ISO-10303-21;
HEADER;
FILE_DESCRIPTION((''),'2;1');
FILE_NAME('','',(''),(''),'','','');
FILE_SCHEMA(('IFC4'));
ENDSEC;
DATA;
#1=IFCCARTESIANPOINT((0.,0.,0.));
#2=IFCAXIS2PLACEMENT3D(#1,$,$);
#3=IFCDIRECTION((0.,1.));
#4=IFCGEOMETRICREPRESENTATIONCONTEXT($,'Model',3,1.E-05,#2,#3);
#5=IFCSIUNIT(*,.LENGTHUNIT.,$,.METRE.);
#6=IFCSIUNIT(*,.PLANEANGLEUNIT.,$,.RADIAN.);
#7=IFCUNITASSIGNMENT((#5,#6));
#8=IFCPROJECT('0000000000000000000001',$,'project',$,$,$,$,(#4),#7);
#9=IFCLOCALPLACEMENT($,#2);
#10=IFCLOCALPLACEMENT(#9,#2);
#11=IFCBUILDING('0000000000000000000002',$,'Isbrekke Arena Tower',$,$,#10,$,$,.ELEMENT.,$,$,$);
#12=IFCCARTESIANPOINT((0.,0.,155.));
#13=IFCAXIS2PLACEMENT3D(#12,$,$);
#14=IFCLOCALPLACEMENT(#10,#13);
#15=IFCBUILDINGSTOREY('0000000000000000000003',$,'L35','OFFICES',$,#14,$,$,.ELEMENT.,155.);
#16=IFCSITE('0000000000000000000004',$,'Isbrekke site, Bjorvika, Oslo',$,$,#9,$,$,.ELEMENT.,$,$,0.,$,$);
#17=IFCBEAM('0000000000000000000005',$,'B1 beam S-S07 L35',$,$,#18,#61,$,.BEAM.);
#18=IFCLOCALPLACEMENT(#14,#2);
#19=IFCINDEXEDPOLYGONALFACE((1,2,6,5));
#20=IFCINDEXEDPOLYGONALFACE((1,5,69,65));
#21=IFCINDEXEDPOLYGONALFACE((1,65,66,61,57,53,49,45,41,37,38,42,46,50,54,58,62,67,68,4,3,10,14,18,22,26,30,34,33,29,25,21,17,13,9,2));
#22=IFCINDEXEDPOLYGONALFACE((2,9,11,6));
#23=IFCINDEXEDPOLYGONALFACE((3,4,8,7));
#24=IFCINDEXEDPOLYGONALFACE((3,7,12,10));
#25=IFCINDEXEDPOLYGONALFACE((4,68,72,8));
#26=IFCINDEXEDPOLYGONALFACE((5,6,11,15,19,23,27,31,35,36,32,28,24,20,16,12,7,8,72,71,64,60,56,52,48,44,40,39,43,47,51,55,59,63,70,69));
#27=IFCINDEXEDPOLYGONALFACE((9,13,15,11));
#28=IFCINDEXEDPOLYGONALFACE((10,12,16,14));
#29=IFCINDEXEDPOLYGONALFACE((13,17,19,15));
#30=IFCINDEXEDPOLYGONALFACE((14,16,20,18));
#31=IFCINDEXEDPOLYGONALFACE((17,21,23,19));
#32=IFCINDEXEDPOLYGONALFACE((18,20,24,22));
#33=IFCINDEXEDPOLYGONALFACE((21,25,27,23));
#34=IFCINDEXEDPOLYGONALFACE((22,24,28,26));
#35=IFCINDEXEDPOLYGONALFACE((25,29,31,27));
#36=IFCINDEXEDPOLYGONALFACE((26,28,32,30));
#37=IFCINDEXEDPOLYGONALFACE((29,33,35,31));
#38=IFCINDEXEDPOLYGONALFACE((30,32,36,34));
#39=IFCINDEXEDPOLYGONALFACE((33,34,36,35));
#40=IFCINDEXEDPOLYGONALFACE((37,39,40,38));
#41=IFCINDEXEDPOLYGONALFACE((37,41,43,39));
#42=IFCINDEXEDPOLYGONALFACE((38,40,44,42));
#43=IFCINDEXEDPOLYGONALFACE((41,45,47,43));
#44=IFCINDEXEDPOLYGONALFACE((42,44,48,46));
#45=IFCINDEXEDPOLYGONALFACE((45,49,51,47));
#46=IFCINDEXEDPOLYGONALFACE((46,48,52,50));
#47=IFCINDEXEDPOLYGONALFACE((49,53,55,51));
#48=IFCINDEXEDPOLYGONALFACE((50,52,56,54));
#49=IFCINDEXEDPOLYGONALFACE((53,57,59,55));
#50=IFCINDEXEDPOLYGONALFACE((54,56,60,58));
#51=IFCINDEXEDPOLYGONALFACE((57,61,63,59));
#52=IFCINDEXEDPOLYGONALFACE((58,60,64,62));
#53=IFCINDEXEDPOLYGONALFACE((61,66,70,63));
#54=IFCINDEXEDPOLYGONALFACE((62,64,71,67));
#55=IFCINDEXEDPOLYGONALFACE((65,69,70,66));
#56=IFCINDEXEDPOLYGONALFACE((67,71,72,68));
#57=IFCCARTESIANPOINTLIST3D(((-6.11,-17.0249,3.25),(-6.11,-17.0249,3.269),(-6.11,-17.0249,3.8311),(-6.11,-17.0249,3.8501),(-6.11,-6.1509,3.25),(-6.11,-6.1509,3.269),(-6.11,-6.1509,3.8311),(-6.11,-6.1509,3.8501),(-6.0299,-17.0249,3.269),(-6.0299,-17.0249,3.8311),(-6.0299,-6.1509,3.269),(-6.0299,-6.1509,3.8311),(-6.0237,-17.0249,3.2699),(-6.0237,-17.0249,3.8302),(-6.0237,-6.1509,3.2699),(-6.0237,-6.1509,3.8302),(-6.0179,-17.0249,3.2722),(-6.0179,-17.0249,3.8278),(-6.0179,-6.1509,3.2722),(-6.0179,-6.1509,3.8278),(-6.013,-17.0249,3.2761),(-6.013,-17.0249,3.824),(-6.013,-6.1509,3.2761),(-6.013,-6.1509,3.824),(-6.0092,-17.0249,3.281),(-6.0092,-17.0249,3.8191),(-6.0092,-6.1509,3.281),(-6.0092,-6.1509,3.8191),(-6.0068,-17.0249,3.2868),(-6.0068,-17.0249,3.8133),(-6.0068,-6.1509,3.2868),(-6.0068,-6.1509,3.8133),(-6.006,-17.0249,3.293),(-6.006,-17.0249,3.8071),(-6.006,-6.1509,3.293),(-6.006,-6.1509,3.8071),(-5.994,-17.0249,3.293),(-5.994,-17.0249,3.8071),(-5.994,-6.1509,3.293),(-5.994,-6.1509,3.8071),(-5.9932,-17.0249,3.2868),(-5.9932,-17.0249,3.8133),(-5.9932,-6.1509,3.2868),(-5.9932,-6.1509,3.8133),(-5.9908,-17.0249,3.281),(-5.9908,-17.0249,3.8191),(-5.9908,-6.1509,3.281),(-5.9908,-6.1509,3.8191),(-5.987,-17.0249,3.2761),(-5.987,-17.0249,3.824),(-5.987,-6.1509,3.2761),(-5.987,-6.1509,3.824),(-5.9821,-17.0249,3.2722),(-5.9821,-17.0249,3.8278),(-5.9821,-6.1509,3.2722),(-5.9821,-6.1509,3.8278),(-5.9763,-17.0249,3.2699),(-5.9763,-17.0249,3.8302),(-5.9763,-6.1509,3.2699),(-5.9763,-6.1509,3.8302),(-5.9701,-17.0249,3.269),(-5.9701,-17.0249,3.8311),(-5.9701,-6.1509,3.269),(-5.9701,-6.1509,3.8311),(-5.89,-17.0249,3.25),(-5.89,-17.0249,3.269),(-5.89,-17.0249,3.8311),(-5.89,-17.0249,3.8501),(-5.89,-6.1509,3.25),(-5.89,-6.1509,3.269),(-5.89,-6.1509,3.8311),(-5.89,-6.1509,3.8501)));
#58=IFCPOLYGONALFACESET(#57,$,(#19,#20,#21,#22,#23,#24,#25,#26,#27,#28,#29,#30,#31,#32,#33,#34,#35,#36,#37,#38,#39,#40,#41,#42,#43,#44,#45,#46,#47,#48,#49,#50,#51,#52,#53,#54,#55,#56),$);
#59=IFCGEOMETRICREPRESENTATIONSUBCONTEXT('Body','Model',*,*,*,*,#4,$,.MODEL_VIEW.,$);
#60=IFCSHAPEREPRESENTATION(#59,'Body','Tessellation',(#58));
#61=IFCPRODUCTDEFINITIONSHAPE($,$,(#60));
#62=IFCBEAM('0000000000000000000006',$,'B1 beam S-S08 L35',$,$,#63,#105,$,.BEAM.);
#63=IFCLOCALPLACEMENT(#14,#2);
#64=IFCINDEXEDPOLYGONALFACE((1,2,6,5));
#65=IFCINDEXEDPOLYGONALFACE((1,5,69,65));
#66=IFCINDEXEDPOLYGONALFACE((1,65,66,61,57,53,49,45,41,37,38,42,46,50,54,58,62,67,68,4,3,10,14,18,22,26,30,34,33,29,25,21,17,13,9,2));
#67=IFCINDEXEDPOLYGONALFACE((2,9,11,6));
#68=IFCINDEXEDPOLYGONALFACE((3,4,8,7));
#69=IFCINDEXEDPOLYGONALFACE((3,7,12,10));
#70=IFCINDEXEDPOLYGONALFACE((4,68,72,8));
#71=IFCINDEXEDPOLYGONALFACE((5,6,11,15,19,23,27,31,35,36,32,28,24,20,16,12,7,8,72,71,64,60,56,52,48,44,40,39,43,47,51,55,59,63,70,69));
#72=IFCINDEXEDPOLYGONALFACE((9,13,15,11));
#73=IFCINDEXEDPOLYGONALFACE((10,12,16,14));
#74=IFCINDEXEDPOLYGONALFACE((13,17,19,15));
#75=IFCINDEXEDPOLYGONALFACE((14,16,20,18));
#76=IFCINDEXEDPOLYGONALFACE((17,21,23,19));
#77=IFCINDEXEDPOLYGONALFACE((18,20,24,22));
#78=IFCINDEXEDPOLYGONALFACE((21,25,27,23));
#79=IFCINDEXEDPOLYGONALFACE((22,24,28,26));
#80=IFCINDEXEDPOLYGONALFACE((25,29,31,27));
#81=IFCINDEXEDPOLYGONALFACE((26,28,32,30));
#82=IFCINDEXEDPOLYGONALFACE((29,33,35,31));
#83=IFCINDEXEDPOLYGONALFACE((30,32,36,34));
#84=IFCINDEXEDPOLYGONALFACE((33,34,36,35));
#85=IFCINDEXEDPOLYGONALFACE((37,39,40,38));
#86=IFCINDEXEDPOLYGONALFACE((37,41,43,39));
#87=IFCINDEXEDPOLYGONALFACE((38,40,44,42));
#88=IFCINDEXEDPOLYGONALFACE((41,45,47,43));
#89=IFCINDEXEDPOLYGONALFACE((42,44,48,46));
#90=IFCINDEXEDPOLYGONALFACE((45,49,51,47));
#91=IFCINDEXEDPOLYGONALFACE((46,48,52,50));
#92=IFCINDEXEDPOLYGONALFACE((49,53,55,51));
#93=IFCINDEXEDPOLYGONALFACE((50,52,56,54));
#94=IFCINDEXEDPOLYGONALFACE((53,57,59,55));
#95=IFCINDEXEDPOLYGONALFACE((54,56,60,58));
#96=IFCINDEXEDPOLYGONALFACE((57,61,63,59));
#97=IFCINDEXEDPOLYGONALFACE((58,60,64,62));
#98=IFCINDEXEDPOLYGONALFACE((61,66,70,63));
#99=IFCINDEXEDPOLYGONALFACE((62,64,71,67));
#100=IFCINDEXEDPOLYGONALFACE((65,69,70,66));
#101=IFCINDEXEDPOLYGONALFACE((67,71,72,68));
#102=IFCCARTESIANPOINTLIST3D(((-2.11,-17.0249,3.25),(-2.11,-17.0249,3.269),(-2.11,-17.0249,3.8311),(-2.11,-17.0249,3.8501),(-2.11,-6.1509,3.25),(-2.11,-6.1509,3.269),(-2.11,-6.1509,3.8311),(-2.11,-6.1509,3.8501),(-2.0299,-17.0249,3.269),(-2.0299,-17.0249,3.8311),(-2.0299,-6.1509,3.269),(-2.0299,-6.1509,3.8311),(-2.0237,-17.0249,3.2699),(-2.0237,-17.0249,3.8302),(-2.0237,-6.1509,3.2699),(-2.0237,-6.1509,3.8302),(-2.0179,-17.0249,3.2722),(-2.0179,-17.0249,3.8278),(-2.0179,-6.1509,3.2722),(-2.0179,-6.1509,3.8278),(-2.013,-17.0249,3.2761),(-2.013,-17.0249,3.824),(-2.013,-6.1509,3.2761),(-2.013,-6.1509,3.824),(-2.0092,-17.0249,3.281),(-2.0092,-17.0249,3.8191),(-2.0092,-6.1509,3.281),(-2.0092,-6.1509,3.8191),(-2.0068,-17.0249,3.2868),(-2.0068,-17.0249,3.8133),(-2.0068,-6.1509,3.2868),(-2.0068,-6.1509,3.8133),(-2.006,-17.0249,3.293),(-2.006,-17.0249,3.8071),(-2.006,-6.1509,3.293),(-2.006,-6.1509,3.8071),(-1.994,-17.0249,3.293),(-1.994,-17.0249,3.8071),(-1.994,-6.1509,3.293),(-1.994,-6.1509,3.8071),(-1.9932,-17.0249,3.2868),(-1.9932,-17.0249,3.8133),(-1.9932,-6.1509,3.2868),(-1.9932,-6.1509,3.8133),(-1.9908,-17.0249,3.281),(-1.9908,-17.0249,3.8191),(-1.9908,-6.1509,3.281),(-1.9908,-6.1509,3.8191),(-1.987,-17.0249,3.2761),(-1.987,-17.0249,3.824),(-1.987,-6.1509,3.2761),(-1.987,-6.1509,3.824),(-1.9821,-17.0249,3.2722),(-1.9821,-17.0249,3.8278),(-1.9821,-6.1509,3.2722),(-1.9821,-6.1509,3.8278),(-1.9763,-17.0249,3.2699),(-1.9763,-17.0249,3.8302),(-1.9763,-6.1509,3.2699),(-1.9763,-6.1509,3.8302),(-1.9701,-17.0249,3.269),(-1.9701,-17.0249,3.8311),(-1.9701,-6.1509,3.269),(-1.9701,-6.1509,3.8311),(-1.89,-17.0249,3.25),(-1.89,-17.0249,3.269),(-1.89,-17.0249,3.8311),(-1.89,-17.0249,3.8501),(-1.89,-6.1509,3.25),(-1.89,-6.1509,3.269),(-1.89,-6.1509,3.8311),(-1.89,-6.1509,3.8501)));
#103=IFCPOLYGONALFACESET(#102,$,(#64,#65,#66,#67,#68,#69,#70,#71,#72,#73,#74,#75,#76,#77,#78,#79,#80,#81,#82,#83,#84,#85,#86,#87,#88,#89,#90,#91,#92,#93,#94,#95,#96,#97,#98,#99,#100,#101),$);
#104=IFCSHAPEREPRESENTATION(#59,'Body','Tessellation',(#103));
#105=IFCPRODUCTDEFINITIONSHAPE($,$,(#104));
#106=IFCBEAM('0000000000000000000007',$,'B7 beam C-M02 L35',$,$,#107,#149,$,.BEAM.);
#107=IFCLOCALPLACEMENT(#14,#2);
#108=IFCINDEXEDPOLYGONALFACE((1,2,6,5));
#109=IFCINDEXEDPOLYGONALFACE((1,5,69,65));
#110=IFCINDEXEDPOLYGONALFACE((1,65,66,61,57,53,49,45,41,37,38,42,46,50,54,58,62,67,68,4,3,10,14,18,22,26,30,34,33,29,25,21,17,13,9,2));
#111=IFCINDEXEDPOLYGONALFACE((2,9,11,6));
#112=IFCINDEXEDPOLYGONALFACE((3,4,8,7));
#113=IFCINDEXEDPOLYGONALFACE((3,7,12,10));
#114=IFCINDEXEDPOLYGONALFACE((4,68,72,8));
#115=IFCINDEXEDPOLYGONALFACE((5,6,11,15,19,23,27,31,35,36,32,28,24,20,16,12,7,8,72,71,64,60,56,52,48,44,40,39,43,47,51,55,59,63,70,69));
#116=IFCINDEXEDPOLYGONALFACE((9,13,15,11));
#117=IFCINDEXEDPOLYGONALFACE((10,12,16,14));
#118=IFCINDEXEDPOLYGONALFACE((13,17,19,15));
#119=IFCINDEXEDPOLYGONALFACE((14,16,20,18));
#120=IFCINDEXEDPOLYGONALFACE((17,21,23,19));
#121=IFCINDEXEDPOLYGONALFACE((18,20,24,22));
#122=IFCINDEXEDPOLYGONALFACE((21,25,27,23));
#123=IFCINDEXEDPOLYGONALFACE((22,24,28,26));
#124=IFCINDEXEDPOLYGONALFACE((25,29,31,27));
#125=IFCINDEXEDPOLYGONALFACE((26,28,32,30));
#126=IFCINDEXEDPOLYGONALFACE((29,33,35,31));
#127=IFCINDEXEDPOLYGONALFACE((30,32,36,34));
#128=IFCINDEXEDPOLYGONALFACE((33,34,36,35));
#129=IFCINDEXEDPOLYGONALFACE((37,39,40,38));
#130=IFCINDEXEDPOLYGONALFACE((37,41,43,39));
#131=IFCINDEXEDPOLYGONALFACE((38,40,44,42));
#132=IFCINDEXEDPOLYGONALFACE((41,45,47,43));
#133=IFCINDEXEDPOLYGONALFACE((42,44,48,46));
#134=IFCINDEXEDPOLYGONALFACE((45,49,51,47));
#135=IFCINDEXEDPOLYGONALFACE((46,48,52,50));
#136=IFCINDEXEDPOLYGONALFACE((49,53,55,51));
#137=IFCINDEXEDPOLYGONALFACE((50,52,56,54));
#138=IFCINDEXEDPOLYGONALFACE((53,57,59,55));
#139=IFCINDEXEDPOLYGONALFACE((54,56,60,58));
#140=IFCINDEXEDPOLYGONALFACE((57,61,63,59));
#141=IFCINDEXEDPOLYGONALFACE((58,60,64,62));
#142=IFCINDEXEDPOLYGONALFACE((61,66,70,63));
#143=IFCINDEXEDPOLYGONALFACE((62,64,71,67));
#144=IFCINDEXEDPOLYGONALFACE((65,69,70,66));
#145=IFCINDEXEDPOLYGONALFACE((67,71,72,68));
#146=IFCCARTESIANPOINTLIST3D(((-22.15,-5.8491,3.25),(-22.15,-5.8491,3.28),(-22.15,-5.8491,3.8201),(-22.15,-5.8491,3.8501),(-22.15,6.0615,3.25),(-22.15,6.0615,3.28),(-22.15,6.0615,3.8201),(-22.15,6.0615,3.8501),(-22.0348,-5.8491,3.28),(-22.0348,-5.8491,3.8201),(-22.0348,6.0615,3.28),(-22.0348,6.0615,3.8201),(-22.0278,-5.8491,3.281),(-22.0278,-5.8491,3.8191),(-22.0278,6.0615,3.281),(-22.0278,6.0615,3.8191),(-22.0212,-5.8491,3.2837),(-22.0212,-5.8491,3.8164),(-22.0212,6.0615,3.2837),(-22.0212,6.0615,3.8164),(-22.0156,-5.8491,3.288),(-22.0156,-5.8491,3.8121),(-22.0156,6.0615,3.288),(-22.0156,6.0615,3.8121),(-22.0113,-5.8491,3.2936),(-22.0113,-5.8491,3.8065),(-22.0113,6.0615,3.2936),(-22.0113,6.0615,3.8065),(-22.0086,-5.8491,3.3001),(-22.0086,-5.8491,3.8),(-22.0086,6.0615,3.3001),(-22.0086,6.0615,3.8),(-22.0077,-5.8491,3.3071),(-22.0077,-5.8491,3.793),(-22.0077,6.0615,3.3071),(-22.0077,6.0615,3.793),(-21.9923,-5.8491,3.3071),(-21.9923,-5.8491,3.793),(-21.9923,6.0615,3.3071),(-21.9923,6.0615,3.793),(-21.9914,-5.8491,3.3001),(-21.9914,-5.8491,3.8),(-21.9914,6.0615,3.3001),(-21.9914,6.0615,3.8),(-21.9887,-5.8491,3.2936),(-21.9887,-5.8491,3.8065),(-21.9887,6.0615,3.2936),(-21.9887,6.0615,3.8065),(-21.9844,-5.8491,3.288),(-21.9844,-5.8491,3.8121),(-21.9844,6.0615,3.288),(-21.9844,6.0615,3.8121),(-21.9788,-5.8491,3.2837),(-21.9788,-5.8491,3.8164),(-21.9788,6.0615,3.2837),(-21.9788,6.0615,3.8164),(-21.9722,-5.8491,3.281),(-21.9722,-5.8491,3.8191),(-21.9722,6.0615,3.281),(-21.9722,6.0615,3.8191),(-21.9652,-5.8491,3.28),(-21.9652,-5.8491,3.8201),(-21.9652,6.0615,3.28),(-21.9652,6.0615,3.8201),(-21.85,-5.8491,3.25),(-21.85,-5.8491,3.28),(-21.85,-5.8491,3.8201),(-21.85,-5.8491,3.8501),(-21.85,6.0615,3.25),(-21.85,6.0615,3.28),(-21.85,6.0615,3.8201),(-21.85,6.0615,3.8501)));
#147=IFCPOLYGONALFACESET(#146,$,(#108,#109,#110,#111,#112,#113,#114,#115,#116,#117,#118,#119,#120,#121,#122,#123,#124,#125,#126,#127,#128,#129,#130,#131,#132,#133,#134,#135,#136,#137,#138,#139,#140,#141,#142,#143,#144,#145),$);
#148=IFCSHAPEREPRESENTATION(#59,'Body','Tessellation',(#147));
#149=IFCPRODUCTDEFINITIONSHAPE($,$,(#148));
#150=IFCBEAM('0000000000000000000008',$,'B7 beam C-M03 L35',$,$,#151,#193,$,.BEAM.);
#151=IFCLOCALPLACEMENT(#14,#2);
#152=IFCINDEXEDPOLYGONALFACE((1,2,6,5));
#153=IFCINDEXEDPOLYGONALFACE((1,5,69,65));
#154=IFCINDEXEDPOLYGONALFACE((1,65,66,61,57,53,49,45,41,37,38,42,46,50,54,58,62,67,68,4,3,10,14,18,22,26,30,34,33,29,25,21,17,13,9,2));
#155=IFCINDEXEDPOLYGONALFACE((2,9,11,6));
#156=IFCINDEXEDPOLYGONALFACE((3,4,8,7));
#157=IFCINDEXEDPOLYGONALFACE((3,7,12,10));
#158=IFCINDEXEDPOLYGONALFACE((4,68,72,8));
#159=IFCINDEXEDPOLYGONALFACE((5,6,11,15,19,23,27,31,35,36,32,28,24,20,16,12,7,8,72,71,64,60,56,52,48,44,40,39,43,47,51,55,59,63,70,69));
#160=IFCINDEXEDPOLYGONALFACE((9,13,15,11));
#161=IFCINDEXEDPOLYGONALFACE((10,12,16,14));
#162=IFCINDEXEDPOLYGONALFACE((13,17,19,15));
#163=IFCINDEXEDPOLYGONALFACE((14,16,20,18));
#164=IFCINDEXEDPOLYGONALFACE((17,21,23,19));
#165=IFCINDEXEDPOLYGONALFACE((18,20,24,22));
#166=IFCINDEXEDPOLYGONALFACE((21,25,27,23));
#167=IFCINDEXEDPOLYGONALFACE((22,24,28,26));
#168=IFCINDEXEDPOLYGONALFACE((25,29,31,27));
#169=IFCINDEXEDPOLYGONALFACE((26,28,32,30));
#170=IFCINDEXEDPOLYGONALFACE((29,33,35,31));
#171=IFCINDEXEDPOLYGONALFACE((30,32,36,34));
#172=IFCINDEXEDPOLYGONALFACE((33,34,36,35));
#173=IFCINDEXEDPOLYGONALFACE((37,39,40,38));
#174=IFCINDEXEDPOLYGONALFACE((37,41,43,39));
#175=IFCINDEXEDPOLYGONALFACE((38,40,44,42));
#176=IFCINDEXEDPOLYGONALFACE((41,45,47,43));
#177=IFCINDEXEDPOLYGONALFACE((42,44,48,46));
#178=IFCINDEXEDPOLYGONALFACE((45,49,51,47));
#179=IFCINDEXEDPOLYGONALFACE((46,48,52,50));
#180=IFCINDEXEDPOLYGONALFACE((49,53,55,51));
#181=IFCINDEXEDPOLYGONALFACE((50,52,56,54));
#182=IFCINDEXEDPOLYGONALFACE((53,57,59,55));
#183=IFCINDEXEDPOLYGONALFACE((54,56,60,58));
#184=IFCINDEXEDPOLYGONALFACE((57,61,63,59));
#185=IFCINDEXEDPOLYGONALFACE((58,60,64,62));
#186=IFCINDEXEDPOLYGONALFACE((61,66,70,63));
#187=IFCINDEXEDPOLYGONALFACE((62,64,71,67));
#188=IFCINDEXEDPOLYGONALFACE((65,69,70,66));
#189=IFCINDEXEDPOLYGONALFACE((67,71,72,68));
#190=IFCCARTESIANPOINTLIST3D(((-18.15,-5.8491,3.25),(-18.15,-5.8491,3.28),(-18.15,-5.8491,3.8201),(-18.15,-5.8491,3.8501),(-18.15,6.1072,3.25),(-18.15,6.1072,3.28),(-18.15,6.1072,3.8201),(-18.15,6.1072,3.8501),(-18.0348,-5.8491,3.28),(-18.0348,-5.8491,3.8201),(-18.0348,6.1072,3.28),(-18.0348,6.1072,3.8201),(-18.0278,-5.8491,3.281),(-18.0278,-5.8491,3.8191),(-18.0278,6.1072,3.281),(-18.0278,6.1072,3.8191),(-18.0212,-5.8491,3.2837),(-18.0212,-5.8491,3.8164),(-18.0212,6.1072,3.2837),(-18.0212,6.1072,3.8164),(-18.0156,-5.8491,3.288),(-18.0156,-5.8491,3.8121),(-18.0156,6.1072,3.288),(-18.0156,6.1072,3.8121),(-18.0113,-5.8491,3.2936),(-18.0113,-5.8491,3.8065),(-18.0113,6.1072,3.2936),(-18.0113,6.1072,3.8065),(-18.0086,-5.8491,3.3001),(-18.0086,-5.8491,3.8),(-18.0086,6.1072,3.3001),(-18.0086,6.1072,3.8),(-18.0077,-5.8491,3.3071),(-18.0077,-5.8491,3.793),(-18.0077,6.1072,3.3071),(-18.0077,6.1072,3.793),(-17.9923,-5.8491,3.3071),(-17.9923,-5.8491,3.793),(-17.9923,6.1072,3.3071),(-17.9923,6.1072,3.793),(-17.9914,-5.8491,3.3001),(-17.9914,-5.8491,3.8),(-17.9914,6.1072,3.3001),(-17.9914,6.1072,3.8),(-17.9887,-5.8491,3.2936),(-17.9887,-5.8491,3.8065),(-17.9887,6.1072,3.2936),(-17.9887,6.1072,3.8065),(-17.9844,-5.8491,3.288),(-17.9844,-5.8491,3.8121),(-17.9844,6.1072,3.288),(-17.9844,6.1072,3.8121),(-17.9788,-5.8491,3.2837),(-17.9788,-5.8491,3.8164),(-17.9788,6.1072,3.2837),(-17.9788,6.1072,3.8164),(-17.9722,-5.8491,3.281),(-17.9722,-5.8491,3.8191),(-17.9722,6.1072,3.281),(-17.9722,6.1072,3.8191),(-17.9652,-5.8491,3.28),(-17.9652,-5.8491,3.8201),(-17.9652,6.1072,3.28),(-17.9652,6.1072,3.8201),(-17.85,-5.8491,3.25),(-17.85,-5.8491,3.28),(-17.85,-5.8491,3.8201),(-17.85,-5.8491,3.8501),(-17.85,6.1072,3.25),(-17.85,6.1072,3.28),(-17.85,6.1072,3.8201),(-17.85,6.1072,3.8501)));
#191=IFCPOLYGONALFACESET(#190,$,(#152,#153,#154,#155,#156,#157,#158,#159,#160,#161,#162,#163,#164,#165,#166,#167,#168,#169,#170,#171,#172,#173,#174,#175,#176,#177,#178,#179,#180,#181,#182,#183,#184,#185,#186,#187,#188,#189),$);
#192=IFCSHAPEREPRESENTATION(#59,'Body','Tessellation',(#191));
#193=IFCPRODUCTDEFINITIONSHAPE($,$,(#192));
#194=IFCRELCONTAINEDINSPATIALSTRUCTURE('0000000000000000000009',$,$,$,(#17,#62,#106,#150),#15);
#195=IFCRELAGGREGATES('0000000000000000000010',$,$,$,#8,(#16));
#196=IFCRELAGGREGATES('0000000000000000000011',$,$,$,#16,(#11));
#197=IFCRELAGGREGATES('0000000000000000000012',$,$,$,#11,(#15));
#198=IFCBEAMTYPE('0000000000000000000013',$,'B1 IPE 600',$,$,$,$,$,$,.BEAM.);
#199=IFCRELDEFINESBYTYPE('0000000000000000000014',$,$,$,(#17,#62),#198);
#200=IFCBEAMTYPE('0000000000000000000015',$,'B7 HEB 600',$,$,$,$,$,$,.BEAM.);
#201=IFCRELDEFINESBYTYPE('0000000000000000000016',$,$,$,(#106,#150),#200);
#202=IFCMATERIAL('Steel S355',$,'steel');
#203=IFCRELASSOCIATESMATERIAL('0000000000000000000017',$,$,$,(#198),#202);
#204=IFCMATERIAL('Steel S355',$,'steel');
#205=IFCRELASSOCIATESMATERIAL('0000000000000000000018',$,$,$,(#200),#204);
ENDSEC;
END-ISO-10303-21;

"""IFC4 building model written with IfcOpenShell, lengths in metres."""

from ifc_helpers import new_model, si_unit, direction, frame, origin, origin_2d, place, context, subcontext, project, spatial, i_section, extrude, material, material_profile, profile_set, type_object, element, save


model = new_model("IFC4")

# Units and contexts
model_context = context("Model", 3, precision=1e-05, world=origin(), true_north=direction((0.0, 1.0)))
body_context = subcontext(model_context, "Body", "Model", "MODEL_VIEW")
ifc_project = project(units=[si_unit("LENGTHUNIT", "METRE"), si_unit("PLANEANGLEUNIT", "RADIAN")], contexts=[model_context])

# Site, building, storey
site_placement = place(None, origin())
site = spatial("IfcSite", under=ifc_project, at=site_placement, Name="Isbrekke site, Bjorvika, Oslo", CompositionType="ELEMENT", RefElevation=0.0)
building_placement = place(site_placement, origin())
building = spatial("IfcBuilding", under=site, at=building_placement, Name="Isbrekke Arena Tower", CompositionType="ELEMENT")
storey_placement = place(building_placement, frame((0.0, 0.0, 155.0)))
storey = spatial("IfcBuildingStorey", under=building, at=storey_placement, Name="L35", Description="OFFICES", CompositionType="ELEMENT", Elevation=155.0)

# Beams
ifc_material_1 = material(Name="Steel S355", Category="steel")
ifc_material_profile_1 = material_profile(ifc_material_1, i_section(OverallWidth=0.22, OverallDepth=0.6001, WebThickness=0.012, FlangeThickness=0.019, FilletRadius=0.0239, at=origin_2d()), Name="IPE 600")
ifc_profile_set_1 = profile_set([ifc_material_profile_1], Name="Steel S355")
beam_type_1 = type_object("IfcBeamType", Name="B1 IPE 600", PredefinedType="BEAM", material=ifc_profile_set_1)
for number, where, z_axis, x_axis, name in (
    (1, (-6.0, -17.0249, 3.55), (0.0, 1.0, 0.0), (-1.0, 0.0, 0.0), "B1 beam S-S07 L35"),
    (2, (-2.0, -17.0249, 3.55), (0.0, 1.0, 0.0), (-1.0, 0.0, 0.0), "B1 beam S-S08 L35"),
):
    element("IfcBeam", number, at=place(storey_placement, frame(where, z_axis=z_axis, x_axis=x_axis)), inside=storey, type_object=beam_type_1, Name=name, PredefinedType="BEAM", context=body_context, shape_type="SweptSolid", body=[
        extrude(i_section(OverallWidth=0.22, OverallDepth=0.6001, WebThickness=0.012, FlangeThickness=0.019, FilletRadius=0.0239, at=origin_2d()), origin(), (0.0, 0.0, 1.0), 10.874),
    ])
ifc_material_2 = material(Name="Steel S355", Category="steel")
ifc_material_profile_2 = material_profile(ifc_material_2, i_section(OverallWidth=0.3, OverallDepth=0.6001, WebThickness=0.0154, FlangeThickness=0.03, FilletRadius=0.0271, at=origin_2d()), Name="HEB 600")
ifc_profile_set_2 = profile_set([ifc_material_profile_2], Name="Steel S355")
beam_type_2 = type_object("IfcBeamType", Name="B7 HEB 600", PredefinedType="BEAM", material=ifc_profile_set_2)
beam_1_placement = place(storey_placement, frame((-22.0, -5.8491, 3.55), z_axis=(0.0, 1.0, 0.0), x_axis=(-1.0, 0.0, 0.0)))
element("IfcBeam", 3, at=beam_1_placement, inside=storey, type_object=beam_type_2, Name="B7 beam C-M02 L35", PredefinedType="BEAM", context=body_context, shape_type="SweptSolid", body=[
    extrude(i_section(OverallWidth=0.3, OverallDepth=0.6001, WebThickness=0.0154, FlangeThickness=0.03, FilletRadius=0.0271, at=origin_2d()), origin(), (0.0, 0.0, 1.0), 11.9106),
])
beam_2_placement = place(storey_placement, frame((-18.0, -5.8491, 3.55), z_axis=(0.0, 1.0, 0.0), x_axis=(-1.0, 0.0, 0.0)))
element("IfcBeam", 4, at=beam_2_placement, inside=storey, type_object=beam_type_2, Name="B7 beam C-M03 L35", PredefinedType="BEAM", context=body_context, shape_type="SweptSolid", body=[
    extrude(i_section(OverallWidth=0.3, OverallDepth=0.6001, WebThickness=0.0154, FlangeThickness=0.03, FilletRadius=0.0271, at=origin_2d()), origin(), (0.0, 0.0, 1.0), 11.9563),
])

save(model, "model.ifc")
